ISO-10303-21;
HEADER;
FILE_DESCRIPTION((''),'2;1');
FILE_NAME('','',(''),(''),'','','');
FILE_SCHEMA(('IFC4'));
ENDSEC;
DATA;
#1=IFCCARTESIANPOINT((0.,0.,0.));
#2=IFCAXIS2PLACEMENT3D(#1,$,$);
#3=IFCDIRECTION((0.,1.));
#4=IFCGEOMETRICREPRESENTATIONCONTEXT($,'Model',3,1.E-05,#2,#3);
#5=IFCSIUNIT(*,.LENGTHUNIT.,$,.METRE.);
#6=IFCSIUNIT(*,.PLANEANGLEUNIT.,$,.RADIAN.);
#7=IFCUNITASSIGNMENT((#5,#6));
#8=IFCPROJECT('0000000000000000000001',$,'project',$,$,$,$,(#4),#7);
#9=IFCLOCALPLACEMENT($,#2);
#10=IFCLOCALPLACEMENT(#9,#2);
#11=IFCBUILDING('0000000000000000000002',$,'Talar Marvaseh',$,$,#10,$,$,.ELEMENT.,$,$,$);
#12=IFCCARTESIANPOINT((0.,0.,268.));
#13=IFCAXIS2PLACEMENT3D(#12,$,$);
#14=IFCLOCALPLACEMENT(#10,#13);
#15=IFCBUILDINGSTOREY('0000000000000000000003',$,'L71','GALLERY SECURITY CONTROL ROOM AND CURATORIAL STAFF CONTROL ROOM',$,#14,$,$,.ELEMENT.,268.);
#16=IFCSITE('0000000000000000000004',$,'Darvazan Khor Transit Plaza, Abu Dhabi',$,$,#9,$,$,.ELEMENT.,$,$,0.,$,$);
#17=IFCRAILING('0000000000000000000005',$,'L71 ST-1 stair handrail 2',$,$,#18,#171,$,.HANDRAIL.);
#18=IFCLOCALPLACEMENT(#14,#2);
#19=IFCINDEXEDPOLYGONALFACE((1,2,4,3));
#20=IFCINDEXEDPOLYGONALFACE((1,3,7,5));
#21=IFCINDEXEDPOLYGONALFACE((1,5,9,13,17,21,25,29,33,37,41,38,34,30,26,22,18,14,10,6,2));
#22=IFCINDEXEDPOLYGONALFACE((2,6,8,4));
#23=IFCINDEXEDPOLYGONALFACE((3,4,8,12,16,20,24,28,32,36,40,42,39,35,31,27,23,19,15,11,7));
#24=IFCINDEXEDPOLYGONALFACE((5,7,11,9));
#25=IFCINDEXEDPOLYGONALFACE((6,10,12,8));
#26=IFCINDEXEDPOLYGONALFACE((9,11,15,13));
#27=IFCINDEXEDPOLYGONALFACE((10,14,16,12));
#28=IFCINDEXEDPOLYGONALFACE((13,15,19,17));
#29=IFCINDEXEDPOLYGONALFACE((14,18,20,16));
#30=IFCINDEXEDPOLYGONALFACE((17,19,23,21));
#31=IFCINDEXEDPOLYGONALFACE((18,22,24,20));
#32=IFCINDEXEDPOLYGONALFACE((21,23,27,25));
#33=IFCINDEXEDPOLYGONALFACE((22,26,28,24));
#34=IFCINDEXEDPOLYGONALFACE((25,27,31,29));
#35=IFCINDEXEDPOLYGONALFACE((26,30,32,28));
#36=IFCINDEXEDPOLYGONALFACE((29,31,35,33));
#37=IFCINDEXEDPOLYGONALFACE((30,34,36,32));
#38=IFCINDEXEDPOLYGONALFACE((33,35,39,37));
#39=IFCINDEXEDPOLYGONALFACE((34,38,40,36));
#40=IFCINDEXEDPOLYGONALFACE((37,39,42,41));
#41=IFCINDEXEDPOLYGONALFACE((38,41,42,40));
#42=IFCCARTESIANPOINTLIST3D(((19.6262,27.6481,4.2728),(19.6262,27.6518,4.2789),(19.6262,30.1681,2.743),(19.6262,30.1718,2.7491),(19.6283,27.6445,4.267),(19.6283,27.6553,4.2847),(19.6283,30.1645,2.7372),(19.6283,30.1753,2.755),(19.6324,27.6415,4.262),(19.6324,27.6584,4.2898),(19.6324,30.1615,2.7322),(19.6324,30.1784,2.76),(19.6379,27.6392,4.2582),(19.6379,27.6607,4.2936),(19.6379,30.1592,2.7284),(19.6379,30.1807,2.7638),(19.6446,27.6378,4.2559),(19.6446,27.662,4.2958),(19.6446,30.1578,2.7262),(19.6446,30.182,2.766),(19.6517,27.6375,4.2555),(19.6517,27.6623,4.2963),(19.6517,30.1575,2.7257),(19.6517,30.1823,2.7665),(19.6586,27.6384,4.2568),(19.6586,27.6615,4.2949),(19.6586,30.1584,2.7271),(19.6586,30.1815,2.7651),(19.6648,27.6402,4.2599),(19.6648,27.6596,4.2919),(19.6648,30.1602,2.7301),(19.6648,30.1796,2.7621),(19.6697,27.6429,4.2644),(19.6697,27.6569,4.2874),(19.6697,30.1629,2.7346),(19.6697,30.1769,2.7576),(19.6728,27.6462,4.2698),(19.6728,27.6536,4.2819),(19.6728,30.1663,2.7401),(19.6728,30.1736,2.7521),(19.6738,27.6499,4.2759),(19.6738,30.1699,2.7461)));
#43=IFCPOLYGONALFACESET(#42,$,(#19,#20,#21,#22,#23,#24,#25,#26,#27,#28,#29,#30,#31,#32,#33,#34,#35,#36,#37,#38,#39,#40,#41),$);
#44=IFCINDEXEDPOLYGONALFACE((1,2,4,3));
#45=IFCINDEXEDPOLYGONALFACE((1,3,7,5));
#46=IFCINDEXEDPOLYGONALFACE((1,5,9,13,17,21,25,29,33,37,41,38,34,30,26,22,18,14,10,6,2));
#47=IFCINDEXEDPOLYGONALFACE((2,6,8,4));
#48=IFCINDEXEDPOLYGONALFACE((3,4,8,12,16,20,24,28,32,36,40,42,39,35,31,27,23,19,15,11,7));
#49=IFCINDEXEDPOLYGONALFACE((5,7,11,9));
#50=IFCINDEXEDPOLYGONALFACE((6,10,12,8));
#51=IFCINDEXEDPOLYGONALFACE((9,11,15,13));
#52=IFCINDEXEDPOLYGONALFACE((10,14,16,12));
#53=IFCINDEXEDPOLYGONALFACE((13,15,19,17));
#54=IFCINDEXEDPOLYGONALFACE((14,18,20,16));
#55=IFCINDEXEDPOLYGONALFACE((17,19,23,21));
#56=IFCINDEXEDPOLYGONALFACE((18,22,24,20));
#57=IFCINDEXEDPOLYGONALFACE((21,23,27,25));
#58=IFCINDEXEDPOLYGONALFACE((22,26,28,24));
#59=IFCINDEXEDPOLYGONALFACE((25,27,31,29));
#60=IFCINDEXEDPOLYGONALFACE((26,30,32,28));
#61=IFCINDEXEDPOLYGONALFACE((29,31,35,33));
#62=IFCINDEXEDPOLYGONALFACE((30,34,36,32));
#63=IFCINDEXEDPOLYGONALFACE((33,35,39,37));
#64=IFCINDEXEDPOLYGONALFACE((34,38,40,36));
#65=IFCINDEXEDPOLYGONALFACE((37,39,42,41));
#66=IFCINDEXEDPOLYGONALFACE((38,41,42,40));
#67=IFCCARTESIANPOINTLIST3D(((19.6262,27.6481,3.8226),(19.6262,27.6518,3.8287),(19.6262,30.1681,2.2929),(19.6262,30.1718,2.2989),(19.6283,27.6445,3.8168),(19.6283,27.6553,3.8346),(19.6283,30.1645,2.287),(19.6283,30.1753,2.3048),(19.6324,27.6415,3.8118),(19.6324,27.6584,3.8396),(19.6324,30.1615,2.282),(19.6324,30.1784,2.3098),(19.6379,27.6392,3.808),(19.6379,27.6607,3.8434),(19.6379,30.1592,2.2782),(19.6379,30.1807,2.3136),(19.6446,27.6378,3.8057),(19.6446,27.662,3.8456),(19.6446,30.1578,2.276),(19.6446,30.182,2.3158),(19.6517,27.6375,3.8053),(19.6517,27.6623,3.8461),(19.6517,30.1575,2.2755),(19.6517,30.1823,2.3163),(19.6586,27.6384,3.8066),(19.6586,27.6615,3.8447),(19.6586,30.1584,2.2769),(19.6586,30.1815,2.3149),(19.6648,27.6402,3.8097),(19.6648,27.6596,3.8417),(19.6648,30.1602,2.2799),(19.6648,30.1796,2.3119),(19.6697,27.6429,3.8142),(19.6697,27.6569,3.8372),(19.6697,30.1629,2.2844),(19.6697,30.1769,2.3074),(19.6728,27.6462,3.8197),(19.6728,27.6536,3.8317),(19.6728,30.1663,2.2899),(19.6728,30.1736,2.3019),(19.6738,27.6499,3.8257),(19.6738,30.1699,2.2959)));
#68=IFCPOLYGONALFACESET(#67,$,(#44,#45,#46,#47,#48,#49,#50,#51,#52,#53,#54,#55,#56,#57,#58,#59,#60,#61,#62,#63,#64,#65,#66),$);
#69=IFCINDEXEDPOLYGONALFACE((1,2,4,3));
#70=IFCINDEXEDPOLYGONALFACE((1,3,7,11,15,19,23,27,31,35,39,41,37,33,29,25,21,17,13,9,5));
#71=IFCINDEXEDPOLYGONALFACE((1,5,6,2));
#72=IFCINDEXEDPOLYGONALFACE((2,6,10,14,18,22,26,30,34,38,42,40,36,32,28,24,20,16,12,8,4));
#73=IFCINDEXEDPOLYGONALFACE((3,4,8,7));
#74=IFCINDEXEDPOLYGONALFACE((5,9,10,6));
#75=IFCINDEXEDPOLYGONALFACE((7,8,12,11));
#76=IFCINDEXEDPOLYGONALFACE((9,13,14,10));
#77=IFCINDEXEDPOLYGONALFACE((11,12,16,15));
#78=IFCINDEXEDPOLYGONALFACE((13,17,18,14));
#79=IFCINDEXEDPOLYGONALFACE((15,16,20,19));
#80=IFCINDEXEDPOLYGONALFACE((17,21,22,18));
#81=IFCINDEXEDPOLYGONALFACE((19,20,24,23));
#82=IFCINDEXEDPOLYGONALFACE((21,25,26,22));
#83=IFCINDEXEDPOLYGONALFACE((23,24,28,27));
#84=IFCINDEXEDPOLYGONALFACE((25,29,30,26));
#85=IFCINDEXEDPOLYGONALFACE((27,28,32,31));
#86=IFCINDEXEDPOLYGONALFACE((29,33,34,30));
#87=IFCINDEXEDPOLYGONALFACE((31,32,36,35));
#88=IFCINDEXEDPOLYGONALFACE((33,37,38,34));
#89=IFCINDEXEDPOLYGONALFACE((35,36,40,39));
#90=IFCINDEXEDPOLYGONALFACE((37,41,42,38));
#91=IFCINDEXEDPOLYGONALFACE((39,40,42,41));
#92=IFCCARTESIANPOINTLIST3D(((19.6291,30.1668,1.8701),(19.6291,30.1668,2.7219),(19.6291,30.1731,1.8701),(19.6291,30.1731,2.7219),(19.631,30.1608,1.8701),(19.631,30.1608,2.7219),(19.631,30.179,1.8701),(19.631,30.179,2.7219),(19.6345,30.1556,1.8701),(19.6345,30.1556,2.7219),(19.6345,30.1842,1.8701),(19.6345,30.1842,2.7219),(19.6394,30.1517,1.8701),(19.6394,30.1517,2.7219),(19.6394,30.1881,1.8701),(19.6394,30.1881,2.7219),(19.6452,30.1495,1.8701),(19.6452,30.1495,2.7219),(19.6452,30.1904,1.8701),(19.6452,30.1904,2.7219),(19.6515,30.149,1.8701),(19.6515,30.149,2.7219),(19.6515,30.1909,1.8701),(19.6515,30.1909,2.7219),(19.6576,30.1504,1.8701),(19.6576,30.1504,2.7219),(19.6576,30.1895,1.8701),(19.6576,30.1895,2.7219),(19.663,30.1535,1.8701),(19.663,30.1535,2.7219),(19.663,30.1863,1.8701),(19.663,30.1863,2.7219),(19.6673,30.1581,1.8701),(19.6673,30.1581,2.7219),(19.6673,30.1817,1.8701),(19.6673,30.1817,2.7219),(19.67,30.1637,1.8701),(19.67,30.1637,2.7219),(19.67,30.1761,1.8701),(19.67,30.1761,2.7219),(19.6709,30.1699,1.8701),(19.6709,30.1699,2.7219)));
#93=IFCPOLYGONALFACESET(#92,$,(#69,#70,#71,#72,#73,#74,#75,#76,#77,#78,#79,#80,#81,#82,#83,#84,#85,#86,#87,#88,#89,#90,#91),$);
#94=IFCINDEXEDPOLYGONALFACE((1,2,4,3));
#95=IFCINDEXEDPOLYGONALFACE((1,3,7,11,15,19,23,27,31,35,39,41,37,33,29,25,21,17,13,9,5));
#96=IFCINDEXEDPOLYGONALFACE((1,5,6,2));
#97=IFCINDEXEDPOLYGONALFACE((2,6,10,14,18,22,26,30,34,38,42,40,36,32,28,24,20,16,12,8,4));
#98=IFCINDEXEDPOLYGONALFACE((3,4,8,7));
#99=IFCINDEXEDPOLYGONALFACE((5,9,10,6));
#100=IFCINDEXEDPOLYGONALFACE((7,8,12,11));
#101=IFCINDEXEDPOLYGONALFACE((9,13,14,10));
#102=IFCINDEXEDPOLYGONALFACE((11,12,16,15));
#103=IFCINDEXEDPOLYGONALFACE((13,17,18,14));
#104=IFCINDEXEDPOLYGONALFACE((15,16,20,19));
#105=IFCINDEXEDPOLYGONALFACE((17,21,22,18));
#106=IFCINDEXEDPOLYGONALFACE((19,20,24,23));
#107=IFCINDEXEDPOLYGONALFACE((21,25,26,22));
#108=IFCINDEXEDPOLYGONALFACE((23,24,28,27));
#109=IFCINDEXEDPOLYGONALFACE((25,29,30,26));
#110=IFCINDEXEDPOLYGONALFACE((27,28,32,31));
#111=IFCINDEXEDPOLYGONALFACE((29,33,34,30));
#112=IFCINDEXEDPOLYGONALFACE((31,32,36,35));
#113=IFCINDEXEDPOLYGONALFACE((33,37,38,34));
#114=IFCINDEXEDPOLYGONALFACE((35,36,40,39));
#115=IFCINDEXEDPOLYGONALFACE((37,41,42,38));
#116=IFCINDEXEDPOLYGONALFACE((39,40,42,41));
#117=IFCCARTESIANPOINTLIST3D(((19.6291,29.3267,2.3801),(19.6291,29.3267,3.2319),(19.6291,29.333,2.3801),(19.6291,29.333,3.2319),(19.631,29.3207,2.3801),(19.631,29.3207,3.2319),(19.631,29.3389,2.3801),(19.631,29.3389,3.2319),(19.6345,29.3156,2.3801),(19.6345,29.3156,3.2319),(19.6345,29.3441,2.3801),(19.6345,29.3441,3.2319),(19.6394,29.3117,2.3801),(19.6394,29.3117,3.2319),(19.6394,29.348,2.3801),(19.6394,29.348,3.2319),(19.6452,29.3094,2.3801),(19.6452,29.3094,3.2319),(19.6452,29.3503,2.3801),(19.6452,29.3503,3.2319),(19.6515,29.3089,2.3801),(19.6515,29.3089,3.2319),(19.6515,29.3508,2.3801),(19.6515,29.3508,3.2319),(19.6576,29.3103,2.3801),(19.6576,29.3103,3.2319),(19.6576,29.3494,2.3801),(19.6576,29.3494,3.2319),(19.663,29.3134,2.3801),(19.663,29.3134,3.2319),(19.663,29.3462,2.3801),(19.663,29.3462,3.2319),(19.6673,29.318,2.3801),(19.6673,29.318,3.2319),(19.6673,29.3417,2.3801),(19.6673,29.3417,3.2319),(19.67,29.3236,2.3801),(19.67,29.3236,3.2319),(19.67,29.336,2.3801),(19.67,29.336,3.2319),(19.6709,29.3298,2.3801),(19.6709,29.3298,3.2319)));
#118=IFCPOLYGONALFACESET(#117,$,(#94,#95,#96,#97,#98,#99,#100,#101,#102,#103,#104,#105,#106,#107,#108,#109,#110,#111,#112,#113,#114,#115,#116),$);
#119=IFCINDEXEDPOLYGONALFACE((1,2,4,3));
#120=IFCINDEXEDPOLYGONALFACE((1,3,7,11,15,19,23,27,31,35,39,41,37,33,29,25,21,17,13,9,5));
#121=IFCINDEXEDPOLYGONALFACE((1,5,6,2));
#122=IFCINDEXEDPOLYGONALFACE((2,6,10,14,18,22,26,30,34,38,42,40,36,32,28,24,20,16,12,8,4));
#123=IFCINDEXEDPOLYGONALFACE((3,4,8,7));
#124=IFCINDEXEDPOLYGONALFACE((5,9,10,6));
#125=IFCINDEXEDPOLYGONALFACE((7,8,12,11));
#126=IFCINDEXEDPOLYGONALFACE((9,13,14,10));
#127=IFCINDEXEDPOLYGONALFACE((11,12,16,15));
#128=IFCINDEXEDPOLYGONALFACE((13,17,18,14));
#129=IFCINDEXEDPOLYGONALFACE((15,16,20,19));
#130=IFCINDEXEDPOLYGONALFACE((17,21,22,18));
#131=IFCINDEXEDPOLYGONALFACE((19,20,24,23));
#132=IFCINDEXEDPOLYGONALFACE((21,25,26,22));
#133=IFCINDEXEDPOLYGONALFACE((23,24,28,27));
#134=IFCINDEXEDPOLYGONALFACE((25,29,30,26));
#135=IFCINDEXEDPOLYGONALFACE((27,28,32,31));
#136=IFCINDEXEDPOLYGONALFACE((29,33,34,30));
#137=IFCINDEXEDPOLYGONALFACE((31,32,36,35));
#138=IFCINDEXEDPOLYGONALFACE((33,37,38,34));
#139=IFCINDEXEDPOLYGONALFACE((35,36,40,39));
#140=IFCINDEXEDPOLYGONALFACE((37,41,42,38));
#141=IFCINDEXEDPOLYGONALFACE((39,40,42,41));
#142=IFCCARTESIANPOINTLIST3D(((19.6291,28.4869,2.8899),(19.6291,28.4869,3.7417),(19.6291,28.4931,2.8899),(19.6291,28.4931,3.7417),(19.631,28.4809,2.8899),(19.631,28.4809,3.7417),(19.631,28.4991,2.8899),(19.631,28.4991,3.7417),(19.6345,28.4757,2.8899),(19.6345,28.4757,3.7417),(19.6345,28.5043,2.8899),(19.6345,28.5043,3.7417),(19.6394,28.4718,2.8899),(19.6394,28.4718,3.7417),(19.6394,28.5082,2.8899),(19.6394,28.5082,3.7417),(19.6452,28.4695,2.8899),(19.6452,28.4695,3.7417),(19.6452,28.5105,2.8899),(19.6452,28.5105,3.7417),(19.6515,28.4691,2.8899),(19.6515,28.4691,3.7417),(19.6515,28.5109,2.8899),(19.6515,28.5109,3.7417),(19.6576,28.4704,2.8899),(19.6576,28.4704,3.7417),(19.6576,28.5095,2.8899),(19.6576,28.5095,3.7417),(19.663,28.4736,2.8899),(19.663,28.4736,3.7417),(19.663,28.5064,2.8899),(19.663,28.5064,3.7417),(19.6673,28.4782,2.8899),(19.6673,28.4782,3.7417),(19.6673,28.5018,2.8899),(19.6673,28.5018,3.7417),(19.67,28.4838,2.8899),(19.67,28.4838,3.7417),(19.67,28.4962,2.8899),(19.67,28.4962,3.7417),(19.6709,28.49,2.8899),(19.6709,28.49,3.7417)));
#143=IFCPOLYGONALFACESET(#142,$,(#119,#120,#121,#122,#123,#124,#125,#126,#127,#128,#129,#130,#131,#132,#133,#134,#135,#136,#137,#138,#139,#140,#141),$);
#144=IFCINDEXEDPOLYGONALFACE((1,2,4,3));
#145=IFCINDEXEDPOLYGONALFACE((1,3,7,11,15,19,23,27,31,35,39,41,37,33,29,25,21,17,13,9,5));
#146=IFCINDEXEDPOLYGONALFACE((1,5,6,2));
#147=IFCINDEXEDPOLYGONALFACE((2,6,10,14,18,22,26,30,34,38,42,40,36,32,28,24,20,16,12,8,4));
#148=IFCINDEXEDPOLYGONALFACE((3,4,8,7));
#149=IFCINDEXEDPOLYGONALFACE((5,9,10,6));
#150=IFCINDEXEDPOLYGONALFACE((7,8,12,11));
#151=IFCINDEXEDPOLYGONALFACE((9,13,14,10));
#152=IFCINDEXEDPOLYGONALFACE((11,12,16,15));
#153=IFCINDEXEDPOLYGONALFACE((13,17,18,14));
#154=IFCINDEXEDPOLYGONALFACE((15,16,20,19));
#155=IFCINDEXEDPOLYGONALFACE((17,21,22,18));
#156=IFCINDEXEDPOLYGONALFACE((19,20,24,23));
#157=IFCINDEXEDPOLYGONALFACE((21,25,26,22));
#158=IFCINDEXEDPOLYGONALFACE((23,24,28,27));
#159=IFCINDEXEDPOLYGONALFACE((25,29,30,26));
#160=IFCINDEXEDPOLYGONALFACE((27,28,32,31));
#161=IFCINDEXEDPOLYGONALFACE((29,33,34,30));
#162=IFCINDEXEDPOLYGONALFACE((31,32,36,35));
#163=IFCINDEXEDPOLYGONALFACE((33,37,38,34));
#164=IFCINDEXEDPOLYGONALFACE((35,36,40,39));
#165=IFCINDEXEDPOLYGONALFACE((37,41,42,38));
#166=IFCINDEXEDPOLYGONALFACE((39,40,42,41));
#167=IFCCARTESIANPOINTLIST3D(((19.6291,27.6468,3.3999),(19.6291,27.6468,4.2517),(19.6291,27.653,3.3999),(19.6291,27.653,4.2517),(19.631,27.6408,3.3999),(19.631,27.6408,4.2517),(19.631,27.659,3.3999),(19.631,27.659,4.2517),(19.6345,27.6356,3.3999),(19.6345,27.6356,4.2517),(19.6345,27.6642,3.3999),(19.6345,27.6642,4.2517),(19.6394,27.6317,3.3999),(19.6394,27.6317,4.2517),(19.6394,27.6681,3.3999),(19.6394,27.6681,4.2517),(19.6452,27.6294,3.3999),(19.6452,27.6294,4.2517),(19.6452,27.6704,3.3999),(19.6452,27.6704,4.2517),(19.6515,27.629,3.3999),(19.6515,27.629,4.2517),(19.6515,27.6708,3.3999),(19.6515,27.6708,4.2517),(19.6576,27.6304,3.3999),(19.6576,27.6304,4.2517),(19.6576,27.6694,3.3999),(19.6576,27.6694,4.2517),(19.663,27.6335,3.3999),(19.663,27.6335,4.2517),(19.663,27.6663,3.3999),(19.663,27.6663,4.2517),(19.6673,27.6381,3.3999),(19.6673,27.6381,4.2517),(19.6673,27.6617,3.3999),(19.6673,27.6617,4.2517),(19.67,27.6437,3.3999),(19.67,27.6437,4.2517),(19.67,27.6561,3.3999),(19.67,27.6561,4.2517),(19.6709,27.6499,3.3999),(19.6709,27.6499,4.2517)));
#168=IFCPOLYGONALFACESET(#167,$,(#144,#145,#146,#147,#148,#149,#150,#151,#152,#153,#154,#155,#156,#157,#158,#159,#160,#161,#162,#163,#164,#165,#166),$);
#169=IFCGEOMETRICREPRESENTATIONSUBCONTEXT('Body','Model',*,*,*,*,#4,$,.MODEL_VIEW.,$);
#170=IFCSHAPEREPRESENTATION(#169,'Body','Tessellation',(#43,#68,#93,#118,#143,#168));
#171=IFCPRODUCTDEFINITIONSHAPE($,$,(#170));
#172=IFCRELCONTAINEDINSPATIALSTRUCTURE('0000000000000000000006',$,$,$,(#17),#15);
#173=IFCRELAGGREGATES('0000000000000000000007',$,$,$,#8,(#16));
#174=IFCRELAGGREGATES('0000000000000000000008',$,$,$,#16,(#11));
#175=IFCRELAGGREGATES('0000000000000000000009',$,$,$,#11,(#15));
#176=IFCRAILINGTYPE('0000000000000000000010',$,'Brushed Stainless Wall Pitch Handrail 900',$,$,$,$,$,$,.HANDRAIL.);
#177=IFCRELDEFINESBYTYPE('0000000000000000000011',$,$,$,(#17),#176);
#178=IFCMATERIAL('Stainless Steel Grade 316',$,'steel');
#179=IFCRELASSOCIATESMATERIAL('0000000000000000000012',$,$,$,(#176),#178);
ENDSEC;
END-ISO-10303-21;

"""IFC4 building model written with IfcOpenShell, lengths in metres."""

from ifc_helpers import new_model, si_unit, direction, frame, origin, origin_2d, place, context, subcontext, project, spatial, circle, extrude, material, type_object, element, save


model = new_model("IFC4")

# Units and contexts
model_context = context("Model", 3, precision=1e-05, world=origin(), true_north=direction((0.0, 1.0)))
body_context = subcontext(model_context, "Body", "Model", "MODEL_VIEW")
ifc_project = project(units=[si_unit("LENGTHUNIT", "METRE"), si_unit("PLANEANGLEUNIT", "RADIAN")], contexts=[model_context])

# Site, building, storey
site_placement = place(None, origin())
site = spatial("IfcSite", under=ifc_project, at=site_placement, Name="Darvazan Khor Transit Plaza, Abu Dhabi", CompositionType="ELEMENT", RefElevation=0.0)
building_placement = place(site_placement, origin())
building = spatial("IfcBuilding", under=site, at=building_placement, Name="Talar Marvaseh", CompositionType="ELEMENT")
storey_placement = place(building_placement, frame((0.0, 0.0, 268.0)))
storey = spatial("IfcBuildingStorey", under=building, at=storey_placement, Name="L71", Description="GALLERY SECURITY CONTROL ROOM AND CURATORIAL STAFF CONTROL ROOM", CompositionType="ELEMENT", Elevation=268.0)

# Railing
ifc_material_1 = material(Name="Stainless Steel Grade 316", Category="steel")
railing_type_1 = type_object("IfcRailingType", Name="Brushed Stainless Wall Pitch Handrail 900", PredefinedType="HANDRAIL", material=ifc_material_1)
railing_1_placement = place(storey_placement, frame((19.6499, 30.1699, 1.8701)))
element("IfcRailing", 1, at=railing_1_placement, inside=storey, type_object=railing_type_1, Name="L71 ST-1 stair handrail 2", PredefinedType="HANDRAIL", context=body_context, shape_type="SweptSolid", body=[
    extrude(circle(Radius=0.0239, at=origin_2d()), frame((0.0, 0.0, 0.876), z_axis=(0.0, -0.854822, 0.518922), x_axis=(1.0, 0.0, 0.0)), (0.0, 0.0, 1.0), 2.948),
    extrude(circle(Radius=0.0239, at=origin_2d()), frame((0.0, 0.0, 0.4258), z_axis=(0.0, -0.854822, 0.518922), x_axis=(1.0, 0.0, 0.0)), (0.0, 0.0, 1.0), 2.948),
    extrude(circle(Radius=0.021, at=origin_2d()), origin(), (0.0, 0.0, 1.0), 0.8518),
    extrude(circle(Radius=0.021, at=origin_2d()), frame((0.0, -0.8401, 0.51)), (0.0, 0.0, 1.0), 0.8518),
    extrude(circle(Radius=0.021, at=origin_2d()), frame((0.0, -1.6799, 1.0198)), (0.0, 0.0, 1.0), 0.8518),
    extrude(circle(Radius=0.021, at=origin_2d()), frame((0.0, -2.52, 1.5298)), (0.0, 0.0, 1.0), 0.8518),
])

save(model, "model.ifc")
